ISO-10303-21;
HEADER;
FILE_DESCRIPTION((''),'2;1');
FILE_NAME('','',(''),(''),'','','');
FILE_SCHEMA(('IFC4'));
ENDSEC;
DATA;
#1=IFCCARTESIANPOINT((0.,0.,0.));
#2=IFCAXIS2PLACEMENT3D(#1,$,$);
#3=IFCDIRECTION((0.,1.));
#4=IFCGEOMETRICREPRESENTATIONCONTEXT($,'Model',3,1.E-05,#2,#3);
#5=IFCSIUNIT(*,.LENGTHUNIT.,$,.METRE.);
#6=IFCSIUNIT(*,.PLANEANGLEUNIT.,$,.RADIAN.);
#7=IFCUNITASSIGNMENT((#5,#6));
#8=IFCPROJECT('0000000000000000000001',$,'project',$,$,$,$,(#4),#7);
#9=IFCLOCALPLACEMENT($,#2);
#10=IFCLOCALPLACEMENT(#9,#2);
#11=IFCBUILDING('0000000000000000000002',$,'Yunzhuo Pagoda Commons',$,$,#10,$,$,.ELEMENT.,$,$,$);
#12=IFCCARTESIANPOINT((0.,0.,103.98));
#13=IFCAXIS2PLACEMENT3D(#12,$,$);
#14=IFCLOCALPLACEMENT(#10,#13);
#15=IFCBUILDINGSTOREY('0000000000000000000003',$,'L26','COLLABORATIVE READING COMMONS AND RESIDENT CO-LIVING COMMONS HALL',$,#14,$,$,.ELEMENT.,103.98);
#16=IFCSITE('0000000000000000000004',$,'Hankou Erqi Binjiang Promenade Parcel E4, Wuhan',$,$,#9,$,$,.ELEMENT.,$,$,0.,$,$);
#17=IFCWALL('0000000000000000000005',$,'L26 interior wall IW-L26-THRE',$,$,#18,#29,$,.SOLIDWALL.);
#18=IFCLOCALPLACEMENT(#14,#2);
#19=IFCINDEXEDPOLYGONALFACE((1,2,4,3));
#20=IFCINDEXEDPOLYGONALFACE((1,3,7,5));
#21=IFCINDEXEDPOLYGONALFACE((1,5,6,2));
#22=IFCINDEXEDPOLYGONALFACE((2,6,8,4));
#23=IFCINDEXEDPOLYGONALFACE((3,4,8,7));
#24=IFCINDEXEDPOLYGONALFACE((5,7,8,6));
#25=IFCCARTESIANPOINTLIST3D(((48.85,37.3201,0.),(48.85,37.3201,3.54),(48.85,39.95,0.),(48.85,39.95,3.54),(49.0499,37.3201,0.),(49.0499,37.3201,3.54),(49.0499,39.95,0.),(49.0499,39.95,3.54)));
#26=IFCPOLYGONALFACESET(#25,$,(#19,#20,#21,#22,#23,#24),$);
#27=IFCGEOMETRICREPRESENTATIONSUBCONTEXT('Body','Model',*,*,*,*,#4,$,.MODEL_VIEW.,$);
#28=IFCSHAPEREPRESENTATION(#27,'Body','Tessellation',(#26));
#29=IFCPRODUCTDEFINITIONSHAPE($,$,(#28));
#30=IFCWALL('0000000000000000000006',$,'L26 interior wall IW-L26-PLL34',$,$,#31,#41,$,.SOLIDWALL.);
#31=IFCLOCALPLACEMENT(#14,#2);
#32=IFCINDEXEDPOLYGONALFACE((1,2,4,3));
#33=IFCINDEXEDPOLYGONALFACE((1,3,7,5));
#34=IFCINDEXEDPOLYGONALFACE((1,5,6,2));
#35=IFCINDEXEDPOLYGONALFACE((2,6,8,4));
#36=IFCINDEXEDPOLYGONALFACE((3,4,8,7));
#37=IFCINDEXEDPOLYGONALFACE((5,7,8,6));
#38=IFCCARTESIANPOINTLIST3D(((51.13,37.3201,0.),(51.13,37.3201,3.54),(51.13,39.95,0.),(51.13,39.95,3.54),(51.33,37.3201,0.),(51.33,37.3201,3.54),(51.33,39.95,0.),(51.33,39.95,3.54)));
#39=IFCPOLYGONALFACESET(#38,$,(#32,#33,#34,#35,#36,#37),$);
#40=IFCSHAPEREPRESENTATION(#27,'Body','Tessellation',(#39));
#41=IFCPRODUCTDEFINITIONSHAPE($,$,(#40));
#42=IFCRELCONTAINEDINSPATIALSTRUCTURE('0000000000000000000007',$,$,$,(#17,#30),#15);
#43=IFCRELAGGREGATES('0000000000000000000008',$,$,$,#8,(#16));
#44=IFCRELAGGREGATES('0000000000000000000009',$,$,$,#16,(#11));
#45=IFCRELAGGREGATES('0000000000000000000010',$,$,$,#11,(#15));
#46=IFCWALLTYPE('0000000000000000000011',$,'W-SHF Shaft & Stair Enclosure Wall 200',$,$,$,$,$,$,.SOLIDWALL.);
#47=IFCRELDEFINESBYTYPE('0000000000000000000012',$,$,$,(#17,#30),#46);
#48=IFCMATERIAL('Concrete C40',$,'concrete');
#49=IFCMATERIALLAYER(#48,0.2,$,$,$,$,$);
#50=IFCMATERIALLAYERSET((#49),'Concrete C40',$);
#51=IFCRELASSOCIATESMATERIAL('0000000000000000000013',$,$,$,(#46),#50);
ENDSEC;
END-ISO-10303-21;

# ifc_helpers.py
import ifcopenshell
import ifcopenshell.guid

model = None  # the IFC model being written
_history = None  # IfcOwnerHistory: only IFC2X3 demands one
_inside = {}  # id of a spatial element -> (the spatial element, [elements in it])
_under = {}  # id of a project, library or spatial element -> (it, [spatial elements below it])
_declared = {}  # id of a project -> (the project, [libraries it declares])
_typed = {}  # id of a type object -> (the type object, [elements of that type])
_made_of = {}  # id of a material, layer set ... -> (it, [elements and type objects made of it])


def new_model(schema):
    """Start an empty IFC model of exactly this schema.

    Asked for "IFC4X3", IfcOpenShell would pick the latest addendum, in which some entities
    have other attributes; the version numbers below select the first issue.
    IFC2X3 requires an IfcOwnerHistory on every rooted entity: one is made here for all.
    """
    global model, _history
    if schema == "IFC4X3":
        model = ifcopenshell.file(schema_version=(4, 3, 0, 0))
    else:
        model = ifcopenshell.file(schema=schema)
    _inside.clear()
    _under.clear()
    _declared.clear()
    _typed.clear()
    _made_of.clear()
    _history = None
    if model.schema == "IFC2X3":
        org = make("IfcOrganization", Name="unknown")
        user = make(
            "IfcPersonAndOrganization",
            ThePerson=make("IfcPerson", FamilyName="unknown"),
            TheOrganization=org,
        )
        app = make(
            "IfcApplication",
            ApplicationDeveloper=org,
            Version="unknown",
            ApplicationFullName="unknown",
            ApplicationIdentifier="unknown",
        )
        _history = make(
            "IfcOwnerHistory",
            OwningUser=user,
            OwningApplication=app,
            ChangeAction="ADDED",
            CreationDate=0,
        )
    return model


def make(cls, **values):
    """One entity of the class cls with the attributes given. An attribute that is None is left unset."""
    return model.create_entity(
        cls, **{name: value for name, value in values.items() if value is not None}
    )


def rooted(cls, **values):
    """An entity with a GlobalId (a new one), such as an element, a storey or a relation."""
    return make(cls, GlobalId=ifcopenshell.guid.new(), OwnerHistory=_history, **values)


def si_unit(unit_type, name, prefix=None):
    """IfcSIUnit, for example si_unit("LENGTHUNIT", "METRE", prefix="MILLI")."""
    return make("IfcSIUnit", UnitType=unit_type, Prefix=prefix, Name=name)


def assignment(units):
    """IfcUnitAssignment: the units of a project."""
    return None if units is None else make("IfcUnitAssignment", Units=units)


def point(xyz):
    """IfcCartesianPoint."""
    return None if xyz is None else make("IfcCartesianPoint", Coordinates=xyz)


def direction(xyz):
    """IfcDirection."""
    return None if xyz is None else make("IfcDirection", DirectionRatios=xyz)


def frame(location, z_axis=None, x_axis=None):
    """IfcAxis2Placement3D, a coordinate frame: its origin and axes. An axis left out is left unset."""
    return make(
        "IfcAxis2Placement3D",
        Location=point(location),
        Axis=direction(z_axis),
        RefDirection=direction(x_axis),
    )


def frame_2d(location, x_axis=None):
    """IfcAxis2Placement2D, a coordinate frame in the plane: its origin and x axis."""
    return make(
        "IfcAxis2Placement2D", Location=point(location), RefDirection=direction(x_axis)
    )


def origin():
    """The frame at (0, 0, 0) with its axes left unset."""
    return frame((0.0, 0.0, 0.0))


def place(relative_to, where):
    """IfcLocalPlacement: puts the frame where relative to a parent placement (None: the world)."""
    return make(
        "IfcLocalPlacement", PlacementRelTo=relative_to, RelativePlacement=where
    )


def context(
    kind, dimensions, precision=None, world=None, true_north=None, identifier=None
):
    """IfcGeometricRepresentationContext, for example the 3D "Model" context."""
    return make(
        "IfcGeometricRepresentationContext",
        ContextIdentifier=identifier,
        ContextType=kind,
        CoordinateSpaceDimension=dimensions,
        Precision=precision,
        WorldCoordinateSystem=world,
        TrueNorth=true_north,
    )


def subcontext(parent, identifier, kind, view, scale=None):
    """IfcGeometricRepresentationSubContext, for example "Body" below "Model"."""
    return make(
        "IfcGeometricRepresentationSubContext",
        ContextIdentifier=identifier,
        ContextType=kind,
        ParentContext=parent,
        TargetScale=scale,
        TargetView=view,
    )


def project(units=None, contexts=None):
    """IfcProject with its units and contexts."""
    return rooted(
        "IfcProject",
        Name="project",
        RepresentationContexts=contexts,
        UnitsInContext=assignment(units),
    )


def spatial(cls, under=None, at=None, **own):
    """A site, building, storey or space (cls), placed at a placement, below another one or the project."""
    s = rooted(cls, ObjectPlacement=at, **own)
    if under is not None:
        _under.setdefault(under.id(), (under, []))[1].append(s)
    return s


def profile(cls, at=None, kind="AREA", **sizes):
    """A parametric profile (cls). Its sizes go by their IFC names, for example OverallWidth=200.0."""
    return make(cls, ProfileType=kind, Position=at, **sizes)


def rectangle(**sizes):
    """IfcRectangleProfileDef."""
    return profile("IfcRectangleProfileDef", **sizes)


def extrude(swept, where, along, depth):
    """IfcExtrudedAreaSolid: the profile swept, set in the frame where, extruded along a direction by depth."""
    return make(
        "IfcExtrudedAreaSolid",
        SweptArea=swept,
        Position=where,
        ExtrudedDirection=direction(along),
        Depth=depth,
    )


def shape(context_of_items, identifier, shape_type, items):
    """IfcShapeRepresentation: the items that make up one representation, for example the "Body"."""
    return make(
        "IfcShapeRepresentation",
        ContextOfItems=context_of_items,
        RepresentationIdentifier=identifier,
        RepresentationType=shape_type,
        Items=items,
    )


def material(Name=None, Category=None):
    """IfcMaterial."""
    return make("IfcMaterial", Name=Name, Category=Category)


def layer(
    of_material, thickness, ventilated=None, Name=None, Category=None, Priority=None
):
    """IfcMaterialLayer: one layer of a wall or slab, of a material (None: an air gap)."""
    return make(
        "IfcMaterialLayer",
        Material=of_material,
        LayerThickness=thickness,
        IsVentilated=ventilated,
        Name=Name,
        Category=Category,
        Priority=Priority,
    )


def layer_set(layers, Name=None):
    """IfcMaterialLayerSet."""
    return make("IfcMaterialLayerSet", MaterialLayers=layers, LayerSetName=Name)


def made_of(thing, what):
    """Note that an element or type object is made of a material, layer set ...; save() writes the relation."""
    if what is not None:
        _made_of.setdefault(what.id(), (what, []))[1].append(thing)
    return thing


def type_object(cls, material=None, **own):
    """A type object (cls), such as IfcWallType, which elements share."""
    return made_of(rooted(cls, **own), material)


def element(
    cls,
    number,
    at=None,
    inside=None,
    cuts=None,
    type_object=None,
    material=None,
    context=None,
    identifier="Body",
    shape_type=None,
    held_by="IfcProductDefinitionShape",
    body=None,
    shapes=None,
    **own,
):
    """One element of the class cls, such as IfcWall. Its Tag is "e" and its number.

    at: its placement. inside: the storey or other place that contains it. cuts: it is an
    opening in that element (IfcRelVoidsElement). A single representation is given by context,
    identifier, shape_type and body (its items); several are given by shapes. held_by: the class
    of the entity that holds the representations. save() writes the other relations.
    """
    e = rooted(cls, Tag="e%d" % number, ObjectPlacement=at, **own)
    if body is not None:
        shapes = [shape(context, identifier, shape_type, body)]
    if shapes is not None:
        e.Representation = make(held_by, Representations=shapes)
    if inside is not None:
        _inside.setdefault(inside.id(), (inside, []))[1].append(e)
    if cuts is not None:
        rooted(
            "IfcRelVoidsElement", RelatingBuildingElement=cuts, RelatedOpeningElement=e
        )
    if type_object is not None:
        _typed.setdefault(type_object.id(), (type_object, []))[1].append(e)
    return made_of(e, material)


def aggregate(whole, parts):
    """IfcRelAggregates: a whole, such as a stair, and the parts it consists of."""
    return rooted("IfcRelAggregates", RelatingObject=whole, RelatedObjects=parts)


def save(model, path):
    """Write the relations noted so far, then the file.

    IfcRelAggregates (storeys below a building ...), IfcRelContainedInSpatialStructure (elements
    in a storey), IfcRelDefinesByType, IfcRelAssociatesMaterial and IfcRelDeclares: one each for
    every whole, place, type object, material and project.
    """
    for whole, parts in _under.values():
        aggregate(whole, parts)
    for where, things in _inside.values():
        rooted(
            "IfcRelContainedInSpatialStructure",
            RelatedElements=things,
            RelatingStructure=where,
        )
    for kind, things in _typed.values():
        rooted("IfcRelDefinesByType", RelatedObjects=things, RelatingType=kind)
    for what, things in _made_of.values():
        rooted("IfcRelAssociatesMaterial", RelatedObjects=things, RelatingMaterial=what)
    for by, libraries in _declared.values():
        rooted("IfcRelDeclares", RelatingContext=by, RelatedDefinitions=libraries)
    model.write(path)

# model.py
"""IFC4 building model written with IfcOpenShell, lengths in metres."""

from ifc_helpers import new_model, si_unit, direction, frame, frame_2d, origin, place, context, subcontext, project, spatial, rectangle, extrude, material, layer, layer_set, type_object, element, save


model = new_model("IFC4")

# Units and contexts
model_context = context("Model", 3, precision=1e-05, world=origin(), true_north=direction((0.0, 1.0)))
body_context = subcontext(model_context, "Body", "Model", "MODEL_VIEW")
ifc_project = project(units=[si_unit("LENGTHUNIT", "METRE"), si_unit("PLANEANGLEUNIT", "RADIAN")], contexts=[model_context])

# Site, building, storey
site_placement = place(None, origin())
site = spatial("IfcSite", under=ifc_project, at=site_placement, Name="Hankou Erqi Binjiang Promenade Parcel E4, Wuhan", CompositionType="ELEMENT", RefElevation=0.0)
building_placement = place(site_placement, origin())
building = spatial("IfcBuilding", under=site, at=building_placement, Name="Yunzhuo Pagoda Commons", CompositionType="ELEMENT")
storey_placement = place(building_placement, frame((0.0, 0.0, 103.98)))
storey = spatial("IfcBuildingStorey", under=building, at=storey_placement, Name="L26", Description="COLLABORATIVE READING COMMONS AND RESIDENT CO-LIVING COMMONS HALL", CompositionType="ELEMENT", Elevation=103.98)

# Shared definitions
ifc_material_1 = material(Name="Concrete C40", Category="concrete")
ifc_layer_1 = layer(ifc_material_1, 0.2)
ifc_layer_set_1 = layer_set([ifc_layer_1], Name="Concrete C40")
wall_type_1 = type_object("IfcWallType", Name="W-SHF Shaft & Stair Enclosure Wall 200", PredefinedType="SOLIDWALL", material=ifc_layer_set_1)

# Walls
for number, where, z_axis, x_axis, name in (
    (1, (48.95, 37.3201, 0.0), (0.0, 0.0, 1.0), (0.0, 1.0, 0.0), "L26 interior wall IW-L26-THRE"),
    (2, (51.23, 37.3201, 0.0), (0.0, 0.0, 1.0), (0.0, 1.0, 0.0), "L26 interior wall IW-L26-PLL34"),
):
    element("IfcWall", number, at=place(storey_placement, frame(where, z_axis=z_axis, x_axis=x_axis)), inside=storey, type_object=wall_type_1, Name=name, PredefinedType="SOLIDWALL", context=body_context, shape_type="SweptSolid", body=[
        extrude(rectangle(XDim=2.6299, YDim=0.2, at=frame_2d((1.3149, 0.0))), origin(), (0.0, 0.0, 1.0), 3.54),
    ])

save(model, "model.ifc")
